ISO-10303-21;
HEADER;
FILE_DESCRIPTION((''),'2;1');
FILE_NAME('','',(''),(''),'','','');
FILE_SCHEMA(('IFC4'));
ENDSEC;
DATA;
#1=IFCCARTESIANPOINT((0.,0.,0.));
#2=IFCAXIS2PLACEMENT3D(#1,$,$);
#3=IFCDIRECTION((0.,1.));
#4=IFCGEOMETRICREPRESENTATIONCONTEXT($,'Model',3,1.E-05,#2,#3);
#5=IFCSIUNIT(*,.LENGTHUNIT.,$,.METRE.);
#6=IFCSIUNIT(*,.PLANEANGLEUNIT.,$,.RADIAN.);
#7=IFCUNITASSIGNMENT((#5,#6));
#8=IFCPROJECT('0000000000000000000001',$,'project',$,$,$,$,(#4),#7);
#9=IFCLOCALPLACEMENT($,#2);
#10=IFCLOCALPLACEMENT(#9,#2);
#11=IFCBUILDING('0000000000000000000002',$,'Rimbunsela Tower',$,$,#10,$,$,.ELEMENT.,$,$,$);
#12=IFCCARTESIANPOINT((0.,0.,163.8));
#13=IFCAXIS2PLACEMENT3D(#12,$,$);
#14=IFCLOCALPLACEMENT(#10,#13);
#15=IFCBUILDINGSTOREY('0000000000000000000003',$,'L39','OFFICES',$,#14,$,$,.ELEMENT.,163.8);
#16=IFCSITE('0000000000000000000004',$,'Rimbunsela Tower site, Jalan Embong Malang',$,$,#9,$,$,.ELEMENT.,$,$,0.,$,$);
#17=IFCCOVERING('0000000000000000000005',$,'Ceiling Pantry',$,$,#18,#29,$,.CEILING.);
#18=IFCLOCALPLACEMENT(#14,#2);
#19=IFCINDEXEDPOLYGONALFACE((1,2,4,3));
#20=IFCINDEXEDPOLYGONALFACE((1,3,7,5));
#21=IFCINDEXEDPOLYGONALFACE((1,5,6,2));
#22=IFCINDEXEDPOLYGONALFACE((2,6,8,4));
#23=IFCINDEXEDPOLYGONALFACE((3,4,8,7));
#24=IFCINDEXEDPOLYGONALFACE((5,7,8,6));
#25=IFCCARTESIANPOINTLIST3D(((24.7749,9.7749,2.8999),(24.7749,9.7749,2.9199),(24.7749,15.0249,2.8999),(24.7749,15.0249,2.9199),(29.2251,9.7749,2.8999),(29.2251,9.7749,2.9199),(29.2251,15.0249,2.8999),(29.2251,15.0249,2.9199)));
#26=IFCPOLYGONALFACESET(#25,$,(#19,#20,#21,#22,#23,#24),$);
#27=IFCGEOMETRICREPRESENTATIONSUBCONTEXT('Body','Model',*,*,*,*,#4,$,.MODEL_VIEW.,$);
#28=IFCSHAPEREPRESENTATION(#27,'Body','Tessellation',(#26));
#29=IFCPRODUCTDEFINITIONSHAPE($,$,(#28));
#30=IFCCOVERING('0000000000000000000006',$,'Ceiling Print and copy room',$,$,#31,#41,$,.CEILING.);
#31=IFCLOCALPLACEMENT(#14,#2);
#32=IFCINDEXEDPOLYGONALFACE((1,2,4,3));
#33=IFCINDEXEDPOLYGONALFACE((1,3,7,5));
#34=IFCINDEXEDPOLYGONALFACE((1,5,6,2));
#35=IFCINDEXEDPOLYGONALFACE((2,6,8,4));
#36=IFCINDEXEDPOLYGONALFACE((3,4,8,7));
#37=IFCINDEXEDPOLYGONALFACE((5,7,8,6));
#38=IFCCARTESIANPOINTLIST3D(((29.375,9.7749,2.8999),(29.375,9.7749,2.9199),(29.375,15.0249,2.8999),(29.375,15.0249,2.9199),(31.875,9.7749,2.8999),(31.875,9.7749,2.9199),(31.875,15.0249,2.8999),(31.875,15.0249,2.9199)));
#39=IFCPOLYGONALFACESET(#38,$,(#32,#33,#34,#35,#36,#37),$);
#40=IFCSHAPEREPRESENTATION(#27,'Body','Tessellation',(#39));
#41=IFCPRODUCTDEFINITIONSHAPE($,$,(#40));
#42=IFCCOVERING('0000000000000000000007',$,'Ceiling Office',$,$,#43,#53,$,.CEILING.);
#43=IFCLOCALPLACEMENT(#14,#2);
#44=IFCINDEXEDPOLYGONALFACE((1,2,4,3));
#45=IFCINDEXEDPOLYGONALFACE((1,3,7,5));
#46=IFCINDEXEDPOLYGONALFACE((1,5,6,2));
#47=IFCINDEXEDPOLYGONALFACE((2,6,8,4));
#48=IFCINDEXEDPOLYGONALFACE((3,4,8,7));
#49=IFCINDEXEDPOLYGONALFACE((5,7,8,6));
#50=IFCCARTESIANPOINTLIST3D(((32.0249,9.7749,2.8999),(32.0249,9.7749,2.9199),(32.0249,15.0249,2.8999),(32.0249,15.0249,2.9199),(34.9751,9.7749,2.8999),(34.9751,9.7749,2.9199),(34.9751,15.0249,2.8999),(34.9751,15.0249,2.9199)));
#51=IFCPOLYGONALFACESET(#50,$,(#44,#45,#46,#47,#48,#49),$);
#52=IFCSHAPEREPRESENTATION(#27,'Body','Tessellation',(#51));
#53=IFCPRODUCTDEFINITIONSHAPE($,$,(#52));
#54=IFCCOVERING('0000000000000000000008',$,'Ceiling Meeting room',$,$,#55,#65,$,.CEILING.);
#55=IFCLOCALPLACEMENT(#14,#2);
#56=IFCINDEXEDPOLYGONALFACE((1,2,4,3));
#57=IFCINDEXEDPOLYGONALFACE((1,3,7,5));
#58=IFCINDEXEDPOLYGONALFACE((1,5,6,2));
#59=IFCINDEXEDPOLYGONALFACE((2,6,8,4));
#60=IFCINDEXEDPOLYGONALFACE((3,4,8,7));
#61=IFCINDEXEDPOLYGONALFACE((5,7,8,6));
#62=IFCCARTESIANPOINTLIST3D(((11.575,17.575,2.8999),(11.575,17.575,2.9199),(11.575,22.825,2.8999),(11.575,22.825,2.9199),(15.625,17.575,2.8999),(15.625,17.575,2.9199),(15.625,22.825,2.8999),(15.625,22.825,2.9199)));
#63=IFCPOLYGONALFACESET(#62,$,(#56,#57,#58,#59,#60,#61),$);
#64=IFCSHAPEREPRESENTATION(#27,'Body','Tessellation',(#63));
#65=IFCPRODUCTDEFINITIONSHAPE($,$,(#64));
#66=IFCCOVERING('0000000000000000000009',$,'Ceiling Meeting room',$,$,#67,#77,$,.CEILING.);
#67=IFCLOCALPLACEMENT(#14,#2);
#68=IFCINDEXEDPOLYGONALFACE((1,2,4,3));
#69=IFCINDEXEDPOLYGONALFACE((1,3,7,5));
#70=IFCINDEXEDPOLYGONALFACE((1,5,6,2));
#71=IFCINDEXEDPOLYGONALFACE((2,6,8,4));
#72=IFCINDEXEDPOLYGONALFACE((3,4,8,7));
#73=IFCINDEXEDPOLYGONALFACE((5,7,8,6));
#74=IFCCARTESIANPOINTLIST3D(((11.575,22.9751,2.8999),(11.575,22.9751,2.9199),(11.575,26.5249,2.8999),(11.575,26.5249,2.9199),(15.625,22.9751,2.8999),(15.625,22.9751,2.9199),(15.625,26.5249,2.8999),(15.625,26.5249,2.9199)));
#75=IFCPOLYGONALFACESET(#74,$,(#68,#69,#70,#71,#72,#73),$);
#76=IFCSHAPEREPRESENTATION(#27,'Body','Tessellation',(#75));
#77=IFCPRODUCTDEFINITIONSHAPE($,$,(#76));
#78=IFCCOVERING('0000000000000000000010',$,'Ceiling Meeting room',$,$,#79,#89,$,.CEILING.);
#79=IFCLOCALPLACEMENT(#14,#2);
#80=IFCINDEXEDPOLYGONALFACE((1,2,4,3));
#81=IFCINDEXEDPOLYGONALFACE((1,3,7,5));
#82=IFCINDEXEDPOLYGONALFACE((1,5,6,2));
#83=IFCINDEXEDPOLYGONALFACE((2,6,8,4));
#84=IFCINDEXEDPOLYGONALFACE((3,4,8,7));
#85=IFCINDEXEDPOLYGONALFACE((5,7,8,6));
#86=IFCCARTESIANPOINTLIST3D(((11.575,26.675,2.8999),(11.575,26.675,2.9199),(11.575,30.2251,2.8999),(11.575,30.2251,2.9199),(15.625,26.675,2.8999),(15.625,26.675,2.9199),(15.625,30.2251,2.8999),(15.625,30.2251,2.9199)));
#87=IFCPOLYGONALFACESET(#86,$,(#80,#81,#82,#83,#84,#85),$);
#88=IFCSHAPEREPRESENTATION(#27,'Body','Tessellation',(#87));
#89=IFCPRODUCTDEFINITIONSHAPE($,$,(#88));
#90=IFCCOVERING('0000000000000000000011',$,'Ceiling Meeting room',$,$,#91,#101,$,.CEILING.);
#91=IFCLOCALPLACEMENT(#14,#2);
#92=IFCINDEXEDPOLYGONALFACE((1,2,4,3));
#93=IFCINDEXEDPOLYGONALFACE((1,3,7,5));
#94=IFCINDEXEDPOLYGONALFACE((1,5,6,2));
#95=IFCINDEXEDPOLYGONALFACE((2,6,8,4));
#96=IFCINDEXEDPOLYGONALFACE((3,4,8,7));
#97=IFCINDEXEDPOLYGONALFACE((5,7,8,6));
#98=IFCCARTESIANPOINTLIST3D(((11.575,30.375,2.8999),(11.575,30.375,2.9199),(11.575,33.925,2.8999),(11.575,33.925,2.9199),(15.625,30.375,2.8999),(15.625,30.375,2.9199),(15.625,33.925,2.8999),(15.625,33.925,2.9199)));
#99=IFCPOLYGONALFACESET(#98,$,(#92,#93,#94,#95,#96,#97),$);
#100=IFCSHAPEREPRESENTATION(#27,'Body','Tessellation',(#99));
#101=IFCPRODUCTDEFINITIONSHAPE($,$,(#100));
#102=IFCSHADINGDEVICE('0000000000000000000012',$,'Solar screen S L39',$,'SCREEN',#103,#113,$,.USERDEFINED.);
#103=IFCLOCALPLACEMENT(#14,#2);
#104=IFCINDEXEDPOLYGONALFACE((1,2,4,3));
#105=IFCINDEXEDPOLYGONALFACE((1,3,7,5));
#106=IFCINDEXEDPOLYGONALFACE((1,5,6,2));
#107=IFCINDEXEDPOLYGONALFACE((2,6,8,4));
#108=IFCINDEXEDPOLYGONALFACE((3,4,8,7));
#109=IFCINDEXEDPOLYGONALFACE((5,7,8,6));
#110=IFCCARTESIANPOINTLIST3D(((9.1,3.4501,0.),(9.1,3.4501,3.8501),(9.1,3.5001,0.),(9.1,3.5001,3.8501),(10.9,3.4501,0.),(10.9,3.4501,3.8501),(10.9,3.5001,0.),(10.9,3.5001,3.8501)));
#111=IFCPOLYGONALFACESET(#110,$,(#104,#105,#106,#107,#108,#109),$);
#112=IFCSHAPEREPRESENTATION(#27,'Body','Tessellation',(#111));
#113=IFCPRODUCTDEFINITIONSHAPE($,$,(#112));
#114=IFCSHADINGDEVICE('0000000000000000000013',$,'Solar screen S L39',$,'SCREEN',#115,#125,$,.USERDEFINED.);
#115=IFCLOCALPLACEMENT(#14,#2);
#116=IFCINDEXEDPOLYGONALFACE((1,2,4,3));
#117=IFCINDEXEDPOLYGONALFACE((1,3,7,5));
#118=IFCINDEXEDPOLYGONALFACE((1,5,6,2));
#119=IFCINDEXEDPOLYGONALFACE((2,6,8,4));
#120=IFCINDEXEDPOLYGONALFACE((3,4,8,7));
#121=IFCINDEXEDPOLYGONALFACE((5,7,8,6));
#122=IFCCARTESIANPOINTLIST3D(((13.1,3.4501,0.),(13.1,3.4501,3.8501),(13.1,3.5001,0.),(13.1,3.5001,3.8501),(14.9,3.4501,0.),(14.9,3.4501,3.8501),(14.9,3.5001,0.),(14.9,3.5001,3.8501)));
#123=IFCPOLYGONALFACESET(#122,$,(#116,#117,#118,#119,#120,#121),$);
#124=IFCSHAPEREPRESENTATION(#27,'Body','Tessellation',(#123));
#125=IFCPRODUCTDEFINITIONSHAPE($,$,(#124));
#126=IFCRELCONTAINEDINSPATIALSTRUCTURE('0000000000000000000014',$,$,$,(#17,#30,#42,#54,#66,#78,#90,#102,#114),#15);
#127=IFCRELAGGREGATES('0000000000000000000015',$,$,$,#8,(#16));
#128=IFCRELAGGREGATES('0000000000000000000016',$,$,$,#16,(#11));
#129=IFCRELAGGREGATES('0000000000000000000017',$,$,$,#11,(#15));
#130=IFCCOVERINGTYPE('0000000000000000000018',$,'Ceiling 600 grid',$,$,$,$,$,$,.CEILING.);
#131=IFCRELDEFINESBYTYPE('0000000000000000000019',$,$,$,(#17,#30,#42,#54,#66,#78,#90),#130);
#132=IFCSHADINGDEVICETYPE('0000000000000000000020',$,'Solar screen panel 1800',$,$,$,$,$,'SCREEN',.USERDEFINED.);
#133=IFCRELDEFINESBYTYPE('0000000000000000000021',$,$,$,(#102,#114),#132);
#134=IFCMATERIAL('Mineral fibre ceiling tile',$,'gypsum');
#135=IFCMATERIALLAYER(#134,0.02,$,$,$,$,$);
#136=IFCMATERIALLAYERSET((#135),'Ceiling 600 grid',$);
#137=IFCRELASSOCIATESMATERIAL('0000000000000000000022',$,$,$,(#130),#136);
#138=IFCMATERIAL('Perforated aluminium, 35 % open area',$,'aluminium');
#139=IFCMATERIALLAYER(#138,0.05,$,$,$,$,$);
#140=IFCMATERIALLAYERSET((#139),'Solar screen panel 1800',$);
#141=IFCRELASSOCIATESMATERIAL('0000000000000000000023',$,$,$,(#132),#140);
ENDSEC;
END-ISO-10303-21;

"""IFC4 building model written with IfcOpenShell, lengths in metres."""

from ifc_helpers import new_model, si_unit, direction, frame, origin, origin_2d, place, context, subcontext, project, spatial, polyline, rectangle, outline, extrude, material, layer, layer_set, type_object, element, save


model = new_model("IFC4")

# Units and contexts
model_context = context("Model", 3, precision=1e-05, world=origin(), true_north=direction((0.0, 1.0)))
body_context = subcontext(model_context, "Body", "Model", "MODEL_VIEW")
ifc_project = project(units=[si_unit("LENGTHUNIT", "METRE"), si_unit("PLANEANGLEUNIT", "RADIAN")], contexts=[model_context])

# Site, building, storey
site_placement = place(None, origin())
site = spatial("IfcSite", under=ifc_project, at=site_placement, Name="Rimbunsela Tower site, Jalan Embong Malang", CompositionType="ELEMENT", RefElevation=0.0)
building_placement = place(site_placement, origin())
building = spatial("IfcBuilding", under=site, at=building_placement, Name="Rimbunsela Tower", CompositionType="ELEMENT")
storey_placement = place(building_placement, frame((0.0, 0.0, 163.8)))
storey = spatial("IfcBuildingStorey", under=building, at=storey_placement, Name="L39", Description="OFFICES", CompositionType="ELEMENT", Elevation=163.8)

# Coverings
ifc_material_1 = material(Name="Mineral fibre ceiling tile", Category="gypsum")
ifc_layer_1 = layer(ifc_material_1, 0.02)
ifc_layer_set_1 = layer_set([ifc_layer_1], Name="Ceiling 600 grid")
covering_type_1 = type_object("IfcCoveringType", Name="Ceiling 600 grid", PredefinedType="CEILING", material=ifc_layer_set_1)
covering_1_placement = place(storey_placement, frame((0.0, 0.0, 2.8999)))
element("IfcCovering", 1, at=covering_1_placement, inside=storey, type_object=covering_type_1, Name="Ceiling Pantry", PredefinedType="CEILING", context=body_context, shape_type="SweptSolid", body=[
    extrude(outline(polyline([(29.2251, 9.7749), (29.2251, 15.0249), (24.7749, 15.0249), (24.7749, 9.7749), (29.2251, 9.7749)])), origin(), (0.0, 0.0, 1.0), 0.02),
])
covering_2_placement = place(storey_placement, frame((0.0, 0.0, 2.8999)))
element("IfcCovering", 2, at=covering_2_placement, inside=storey, type_object=covering_type_1, Name="Ceiling Print and copy room", PredefinedType="CEILING", context=body_context, shape_type="SweptSolid", body=[
    extrude(outline(polyline([(31.875, 9.7749), (31.875, 15.0249), (29.375, 15.0249), (29.375, 9.7749), (31.875, 9.7749)])), origin(), (0.0, 0.0, 1.0), 0.02),
])
covering_3_placement = place(storey_placement, frame((0.0, 0.0, 2.8999)))
element("IfcCovering", 3, at=covering_3_placement, inside=storey, type_object=covering_type_1, Name="Ceiling Office", PredefinedType="CEILING", context=body_context, shape_type="SweptSolid", body=[
    extrude(outline(polyline([(34.9751, 9.7749), (34.9751, 15.0249), (32.0249, 15.0249), (32.0249, 9.7749), (34.9751, 9.7749)])), origin(), (0.0, 0.0, 1.0), 0.02),
])
covering_4_placement = place(storey_placement, frame((0.0, 0.0, 2.8999)))
element("IfcCovering", 4, at=covering_4_placement, inside=storey, type_object=covering_type_1, Name="Ceiling Meeting room", PredefinedType="CEILING", context=body_context, shape_type="SweptSolid", body=[
    extrude(outline(polyline([(15.625, 17.575), (15.625, 22.825), (11.575, 22.825), (11.575, 17.575), (15.625, 17.575)])), origin(), (0.0, 0.0, 1.0), 0.02),
])
covering_5_placement = place(storey_placement, frame((0.0, 0.0, 2.8999)))
element("IfcCovering", 5, at=covering_5_placement, inside=storey, type_object=covering_type_1, Name="Ceiling Meeting room", PredefinedType="CEILING", context=body_context, shape_type="SweptSolid", body=[
    extrude(outline(polyline([(15.625, 22.9751), (15.625, 26.5249), (11.575, 26.5249), (11.575, 22.9751), (15.625, 22.9751)])), origin(), (0.0, 0.0, 1.0), 0.02),
])
covering_6_placement = place(storey_placement, frame((0.0, 0.0, 2.8999)))
element("IfcCovering", 6, at=covering_6_placement, inside=storey, type_object=covering_type_1, Name="Ceiling Meeting room", PredefinedType="CEILING", context=body_context, shape_type="SweptSolid", body=[
    extrude(outline(polyline([(15.625, 26.675), (15.625, 30.2251), (11.575, 30.2251), (11.575, 26.675), (15.625, 26.675)])), origin(), (0.0, 0.0, 1.0), 0.02),
])
covering_7_placement = place(storey_placement, frame((0.0, 0.0, 2.8999)))
element("IfcCovering", 7, at=covering_7_placement, inside=storey, type_object=covering_type_1, Name="Ceiling Meeting room", PredefinedType="CEILING", context=body_context, shape_type="SweptSolid", body=[
    extrude(outline(polyline([(15.625, 30.375), (15.625, 33.925), (11.575, 33.925), (11.575, 30.375), (15.625, 30.375)])), origin(), (0.0, 0.0, 1.0), 0.02),
])

# Shading devices
ifc_material_2 = material(Name="Perforated aluminium, 35 % open area", Category="aluminium")
ifc_layer_2 = layer(ifc_material_2, 0.05)
ifc_layer_set_2 = layer_set([ifc_layer_2], Name="Solar screen panel 1800")
shading_device_type = type_object("IfcShadingDeviceType", Name="Solar screen panel 1800", ElementType="SCREEN", PredefinedType="USERDEFINED", material=ifc_layer_set_2)
for number, where, z_axis, x_axis, name in (
    (8, (10.0, 3.4751, 0.0), (0.0, 0.0, 1.0), (1.0, 0.0, 0.0), "Solar screen S L39"),
    (9, (14.0, 3.4751, 0.0), (0.0, 0.0, 1.0), (1.0, 0.0, 0.0), "Solar screen S L39"),
):
    element("IfcShadingDevice", number, at=place(storey_placement, frame(where, z_axis=z_axis, x_axis=x_axis)), inside=storey, type_object=shading_device_type, Name=name, ObjectType="SCREEN", PredefinedType="USERDEFINED", context=body_context, shape_type="SweptSolid", body=[
        extrude(rectangle(XDim=1.8, YDim=0.05, at=origin_2d()), origin(), (0.0, 0.0, 1.0), 3.8501),
    ])

save(model, "model.ifc")
